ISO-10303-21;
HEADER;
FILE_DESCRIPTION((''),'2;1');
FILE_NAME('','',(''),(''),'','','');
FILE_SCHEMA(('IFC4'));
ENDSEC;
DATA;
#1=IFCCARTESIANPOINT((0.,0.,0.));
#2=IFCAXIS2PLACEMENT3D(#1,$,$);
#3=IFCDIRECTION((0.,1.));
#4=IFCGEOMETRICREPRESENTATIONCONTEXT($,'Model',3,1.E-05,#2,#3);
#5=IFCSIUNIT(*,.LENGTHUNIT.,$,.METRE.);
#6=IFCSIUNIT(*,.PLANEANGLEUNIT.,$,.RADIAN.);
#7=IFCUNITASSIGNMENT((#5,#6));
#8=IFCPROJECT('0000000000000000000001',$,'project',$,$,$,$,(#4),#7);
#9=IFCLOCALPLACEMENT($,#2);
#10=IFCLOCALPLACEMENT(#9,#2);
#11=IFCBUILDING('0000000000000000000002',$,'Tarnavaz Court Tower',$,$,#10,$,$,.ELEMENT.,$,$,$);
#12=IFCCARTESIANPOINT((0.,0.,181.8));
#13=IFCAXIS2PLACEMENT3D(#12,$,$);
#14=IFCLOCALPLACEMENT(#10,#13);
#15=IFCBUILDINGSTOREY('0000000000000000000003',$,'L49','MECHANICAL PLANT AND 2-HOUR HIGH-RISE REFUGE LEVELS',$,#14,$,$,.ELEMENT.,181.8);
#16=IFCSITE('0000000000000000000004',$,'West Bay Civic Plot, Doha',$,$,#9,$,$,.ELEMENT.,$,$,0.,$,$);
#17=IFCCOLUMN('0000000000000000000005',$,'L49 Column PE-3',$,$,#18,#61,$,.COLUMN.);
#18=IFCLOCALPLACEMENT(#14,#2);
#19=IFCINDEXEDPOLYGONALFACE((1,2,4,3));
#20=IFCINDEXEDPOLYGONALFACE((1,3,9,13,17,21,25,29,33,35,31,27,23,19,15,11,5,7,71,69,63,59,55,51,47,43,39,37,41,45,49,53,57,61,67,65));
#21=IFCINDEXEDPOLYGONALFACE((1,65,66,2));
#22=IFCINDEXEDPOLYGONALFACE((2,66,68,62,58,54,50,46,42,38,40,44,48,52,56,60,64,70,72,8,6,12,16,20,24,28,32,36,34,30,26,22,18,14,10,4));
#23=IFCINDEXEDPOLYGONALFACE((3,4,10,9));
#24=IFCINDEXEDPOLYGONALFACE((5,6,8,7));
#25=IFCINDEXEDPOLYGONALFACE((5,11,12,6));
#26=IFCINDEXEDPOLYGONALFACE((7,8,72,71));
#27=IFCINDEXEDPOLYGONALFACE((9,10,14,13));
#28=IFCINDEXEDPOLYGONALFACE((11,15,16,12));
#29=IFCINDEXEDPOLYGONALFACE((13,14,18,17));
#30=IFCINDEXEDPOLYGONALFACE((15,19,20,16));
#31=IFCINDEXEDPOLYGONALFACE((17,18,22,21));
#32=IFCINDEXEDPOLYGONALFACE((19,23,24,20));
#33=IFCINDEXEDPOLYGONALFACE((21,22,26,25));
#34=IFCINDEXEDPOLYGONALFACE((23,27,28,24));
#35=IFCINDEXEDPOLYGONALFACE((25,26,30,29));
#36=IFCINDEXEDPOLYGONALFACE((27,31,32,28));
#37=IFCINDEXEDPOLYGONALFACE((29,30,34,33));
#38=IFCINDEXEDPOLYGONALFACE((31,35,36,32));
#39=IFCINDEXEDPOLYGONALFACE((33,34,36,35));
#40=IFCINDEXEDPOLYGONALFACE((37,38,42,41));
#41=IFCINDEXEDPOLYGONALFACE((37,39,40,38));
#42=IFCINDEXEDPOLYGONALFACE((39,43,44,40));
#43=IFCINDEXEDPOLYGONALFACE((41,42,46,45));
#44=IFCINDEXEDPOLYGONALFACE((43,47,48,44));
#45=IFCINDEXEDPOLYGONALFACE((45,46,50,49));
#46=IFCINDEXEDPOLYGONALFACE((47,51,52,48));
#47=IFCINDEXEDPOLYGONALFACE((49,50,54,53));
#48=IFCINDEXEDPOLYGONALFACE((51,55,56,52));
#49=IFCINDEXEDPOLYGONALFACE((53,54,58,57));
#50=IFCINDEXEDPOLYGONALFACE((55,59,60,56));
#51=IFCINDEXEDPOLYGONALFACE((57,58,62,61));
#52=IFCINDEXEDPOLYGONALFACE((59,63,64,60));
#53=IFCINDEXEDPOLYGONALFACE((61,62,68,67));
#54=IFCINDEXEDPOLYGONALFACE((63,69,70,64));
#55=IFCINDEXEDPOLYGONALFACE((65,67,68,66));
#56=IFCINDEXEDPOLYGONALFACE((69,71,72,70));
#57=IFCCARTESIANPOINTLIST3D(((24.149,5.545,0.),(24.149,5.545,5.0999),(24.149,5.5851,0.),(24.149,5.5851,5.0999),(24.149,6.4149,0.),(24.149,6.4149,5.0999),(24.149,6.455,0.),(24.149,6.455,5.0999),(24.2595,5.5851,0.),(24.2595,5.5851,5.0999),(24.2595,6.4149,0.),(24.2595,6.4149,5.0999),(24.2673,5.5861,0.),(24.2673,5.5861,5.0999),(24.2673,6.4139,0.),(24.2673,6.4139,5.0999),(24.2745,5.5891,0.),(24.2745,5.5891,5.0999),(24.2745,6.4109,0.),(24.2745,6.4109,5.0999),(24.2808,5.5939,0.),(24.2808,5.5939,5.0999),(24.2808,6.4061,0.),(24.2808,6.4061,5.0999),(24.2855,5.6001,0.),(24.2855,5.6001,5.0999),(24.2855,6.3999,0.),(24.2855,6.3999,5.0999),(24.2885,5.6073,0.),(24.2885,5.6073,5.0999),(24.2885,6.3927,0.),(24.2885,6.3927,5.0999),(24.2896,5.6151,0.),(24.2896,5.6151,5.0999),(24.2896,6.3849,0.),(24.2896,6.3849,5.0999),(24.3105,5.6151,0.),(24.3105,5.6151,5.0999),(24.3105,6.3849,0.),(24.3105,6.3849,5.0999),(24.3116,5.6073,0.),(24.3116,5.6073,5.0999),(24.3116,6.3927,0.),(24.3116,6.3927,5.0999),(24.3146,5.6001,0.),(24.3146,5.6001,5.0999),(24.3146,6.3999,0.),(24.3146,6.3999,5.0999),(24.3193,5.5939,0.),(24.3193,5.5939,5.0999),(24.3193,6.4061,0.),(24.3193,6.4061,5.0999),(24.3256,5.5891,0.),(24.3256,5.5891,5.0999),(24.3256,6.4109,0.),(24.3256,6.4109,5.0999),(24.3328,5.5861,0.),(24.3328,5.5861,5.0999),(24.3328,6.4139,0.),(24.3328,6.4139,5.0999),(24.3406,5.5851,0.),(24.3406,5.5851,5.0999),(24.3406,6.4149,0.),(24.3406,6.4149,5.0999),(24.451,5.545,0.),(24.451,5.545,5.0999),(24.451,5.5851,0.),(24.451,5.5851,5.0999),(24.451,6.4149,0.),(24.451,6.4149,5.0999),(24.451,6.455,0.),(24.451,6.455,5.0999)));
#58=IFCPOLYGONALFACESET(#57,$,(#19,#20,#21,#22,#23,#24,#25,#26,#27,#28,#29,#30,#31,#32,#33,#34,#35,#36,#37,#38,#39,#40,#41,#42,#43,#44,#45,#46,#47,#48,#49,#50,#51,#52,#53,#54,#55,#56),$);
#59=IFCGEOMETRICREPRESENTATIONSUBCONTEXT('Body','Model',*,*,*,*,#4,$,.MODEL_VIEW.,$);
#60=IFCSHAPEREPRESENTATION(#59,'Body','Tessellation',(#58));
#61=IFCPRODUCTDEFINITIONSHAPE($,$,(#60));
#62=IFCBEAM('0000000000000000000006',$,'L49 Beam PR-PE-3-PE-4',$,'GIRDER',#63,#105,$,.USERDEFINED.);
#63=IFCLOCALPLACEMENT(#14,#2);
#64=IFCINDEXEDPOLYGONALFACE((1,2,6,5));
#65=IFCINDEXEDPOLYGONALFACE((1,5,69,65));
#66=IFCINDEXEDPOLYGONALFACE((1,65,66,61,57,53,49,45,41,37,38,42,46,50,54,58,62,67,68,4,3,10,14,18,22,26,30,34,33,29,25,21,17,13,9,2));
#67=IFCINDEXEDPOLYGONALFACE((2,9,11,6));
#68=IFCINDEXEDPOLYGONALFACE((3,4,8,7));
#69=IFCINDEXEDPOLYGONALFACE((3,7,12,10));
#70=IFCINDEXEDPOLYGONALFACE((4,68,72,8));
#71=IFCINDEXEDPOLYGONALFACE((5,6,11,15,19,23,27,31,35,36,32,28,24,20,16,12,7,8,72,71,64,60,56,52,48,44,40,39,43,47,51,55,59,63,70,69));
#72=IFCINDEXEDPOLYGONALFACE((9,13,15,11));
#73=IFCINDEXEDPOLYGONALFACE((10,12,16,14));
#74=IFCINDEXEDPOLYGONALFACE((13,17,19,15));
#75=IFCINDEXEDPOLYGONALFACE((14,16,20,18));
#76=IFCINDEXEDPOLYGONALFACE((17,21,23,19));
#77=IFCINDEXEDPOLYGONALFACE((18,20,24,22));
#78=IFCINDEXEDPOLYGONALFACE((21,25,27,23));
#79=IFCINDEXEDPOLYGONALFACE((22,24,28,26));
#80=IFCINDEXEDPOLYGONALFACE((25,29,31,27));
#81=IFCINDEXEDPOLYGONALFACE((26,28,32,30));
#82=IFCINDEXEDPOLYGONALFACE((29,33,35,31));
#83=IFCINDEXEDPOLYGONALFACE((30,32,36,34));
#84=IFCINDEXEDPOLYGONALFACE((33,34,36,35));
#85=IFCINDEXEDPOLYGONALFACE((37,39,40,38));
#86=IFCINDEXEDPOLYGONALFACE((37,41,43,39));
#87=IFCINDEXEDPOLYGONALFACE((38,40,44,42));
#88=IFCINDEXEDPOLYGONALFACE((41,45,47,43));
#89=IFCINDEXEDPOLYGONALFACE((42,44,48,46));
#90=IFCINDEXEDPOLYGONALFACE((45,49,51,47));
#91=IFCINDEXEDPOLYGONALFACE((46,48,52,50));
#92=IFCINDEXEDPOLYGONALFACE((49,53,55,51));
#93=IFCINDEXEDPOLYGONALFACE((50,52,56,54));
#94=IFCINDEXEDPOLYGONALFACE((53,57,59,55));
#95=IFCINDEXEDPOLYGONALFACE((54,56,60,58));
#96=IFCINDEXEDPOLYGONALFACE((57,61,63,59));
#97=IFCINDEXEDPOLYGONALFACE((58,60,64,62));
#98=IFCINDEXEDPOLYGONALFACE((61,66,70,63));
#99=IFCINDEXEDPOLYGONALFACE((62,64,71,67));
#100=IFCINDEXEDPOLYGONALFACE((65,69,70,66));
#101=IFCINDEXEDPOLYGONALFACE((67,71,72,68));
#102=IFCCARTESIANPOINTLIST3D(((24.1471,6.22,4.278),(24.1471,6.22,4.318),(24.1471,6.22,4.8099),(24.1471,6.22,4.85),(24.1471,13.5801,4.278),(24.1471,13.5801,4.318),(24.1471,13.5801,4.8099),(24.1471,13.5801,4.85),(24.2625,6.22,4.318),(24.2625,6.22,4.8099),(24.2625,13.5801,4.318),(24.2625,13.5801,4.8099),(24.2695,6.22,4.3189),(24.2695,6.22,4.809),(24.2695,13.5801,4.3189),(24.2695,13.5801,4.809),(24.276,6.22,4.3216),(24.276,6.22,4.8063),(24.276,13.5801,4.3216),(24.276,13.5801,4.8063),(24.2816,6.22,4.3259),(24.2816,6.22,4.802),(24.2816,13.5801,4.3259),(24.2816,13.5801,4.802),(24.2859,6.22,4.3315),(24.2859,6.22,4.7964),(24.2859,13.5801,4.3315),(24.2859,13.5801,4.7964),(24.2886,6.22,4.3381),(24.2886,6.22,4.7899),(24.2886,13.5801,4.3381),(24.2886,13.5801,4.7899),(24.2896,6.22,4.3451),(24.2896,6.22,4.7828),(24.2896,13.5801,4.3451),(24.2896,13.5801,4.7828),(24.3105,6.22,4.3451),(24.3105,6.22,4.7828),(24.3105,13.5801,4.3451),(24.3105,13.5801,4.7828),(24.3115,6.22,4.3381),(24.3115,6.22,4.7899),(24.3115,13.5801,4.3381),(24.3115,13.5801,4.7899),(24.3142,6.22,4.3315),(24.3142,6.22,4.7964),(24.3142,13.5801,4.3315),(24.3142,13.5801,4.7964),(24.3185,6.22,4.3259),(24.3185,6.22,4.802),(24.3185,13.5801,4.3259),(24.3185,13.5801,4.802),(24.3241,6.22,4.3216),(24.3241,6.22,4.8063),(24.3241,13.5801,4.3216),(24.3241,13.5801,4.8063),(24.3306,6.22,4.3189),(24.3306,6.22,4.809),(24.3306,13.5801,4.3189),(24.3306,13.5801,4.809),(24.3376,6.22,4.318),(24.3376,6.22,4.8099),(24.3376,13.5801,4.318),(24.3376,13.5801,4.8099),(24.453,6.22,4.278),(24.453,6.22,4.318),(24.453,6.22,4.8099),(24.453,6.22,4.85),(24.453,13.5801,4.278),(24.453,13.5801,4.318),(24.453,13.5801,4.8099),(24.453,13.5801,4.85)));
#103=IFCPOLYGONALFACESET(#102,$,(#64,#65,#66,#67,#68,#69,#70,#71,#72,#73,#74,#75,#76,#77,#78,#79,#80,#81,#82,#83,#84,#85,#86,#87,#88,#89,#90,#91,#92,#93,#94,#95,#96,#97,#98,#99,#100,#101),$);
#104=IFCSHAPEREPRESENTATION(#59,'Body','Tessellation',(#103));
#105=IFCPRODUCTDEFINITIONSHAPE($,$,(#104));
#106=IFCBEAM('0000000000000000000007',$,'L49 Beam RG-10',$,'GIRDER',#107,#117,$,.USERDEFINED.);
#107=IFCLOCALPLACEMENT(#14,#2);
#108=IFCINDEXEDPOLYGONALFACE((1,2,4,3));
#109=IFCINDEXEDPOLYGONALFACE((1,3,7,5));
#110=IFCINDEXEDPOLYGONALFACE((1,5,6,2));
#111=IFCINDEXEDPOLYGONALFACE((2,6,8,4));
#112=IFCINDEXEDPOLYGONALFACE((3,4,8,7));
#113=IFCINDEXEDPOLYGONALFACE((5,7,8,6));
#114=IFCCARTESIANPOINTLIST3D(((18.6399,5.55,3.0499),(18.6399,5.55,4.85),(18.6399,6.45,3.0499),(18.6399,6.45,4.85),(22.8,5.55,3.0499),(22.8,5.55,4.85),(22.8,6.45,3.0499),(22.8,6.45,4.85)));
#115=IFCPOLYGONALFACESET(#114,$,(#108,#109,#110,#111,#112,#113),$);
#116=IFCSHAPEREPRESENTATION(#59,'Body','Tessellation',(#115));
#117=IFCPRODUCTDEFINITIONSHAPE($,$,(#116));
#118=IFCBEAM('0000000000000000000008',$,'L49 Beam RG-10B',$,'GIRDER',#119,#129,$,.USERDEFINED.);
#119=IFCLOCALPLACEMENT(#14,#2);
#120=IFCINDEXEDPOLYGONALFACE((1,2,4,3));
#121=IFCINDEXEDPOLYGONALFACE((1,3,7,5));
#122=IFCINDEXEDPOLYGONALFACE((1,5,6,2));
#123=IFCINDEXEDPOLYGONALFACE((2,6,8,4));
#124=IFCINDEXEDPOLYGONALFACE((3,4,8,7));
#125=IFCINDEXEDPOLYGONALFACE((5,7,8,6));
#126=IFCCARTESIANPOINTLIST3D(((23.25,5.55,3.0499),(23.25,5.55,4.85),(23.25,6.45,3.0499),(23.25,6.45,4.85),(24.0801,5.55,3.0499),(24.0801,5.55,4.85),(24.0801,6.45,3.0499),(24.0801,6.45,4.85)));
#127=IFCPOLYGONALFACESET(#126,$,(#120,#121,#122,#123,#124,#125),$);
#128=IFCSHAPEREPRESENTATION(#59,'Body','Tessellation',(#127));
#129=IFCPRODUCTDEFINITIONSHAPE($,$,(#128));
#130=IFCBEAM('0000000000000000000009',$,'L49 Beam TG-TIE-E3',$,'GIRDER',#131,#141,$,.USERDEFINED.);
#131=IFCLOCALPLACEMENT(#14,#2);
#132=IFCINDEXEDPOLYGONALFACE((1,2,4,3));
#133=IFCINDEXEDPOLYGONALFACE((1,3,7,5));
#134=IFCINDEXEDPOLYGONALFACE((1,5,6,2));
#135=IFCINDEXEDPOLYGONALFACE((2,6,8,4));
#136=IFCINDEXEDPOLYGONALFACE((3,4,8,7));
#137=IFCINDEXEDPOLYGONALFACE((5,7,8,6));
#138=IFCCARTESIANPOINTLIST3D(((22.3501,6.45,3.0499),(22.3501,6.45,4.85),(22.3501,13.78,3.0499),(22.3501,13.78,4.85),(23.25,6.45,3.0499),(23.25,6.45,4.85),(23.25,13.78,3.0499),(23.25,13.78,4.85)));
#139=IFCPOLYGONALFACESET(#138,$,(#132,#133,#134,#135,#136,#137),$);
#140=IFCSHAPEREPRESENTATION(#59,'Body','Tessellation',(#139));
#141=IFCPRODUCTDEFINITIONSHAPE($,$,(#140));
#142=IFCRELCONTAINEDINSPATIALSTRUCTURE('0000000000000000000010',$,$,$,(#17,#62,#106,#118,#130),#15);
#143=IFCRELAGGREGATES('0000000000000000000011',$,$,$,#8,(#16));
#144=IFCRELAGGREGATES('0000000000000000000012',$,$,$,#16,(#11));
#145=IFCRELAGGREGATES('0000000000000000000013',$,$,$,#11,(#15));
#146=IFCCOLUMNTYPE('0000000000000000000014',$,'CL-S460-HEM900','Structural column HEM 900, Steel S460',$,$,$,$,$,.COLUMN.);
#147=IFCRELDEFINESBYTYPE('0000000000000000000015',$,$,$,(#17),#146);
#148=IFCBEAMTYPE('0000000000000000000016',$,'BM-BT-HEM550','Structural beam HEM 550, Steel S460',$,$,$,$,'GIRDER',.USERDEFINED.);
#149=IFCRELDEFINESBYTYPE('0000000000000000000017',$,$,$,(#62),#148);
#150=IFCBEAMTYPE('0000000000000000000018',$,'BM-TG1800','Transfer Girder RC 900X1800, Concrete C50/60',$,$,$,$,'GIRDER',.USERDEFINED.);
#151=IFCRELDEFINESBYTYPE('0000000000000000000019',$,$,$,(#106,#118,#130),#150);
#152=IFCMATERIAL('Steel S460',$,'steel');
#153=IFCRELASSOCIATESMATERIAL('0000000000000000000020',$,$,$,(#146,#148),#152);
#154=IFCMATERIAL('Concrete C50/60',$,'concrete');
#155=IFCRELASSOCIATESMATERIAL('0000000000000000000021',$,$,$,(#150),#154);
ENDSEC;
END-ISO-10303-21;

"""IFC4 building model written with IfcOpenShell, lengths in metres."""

from ifc_helpers import new_model, si_unit, direction, frame, origin, origin_2d, place, context, subcontext, project, spatial, rectangle, i_section, extrude, material, material_profile, profile_set, type_object, element, save


model = new_model("IFC4")

# Units and contexts
model_context = context("Model", 3, precision=1e-05, world=origin(), true_north=direction((0.0, 1.0)))
body_context = subcontext(model_context, "Body", "Model", "MODEL_VIEW")
ifc_project = project(units=[si_unit("LENGTHUNIT", "METRE"), si_unit("PLANEANGLEUNIT", "RADIAN")], contexts=[model_context])

# Site, building, storey
site_placement = place(None, origin())
site = spatial("IfcSite", under=ifc_project, at=site_placement, Name="West Bay Civic Plot, Doha", CompositionType="ELEMENT", RefElevation=0.0)
building_placement = place(site_placement, origin())
building = spatial("IfcBuilding", under=site, at=building_placement, Name="Tarnavaz Court Tower", CompositionType="ELEMENT")
storey_placement = place(building_placement, frame((0.0, 0.0, 181.8)))
storey = spatial("IfcBuildingStorey", under=building, at=storey_placement, Name="L49", Description="MECHANICAL PLANT AND 2-HOUR HIGH-RISE REFUGE LEVELS", CompositionType="ELEMENT", Elevation=181.8)

# Column
ifc_material_1 = material(Name="Steel S460", Category="steel")
ifc_material_profile_1 = material_profile(ifc_material_1, i_section(OverallWidth=0.302, OverallDepth=0.9099, WebThickness=0.021, FlangeThickness=0.04, FilletRadius=0.03, at=origin_2d()), Name="HEM 900")
ifc_profile_set_1 = profile_set([ifc_material_profile_1], Name="Steel S460")
column_type = type_object("IfcColumnType", Name="CL-S460-HEM900", Description="Structural column HEM 900, Steel S460", PredefinedType="COLUMN", material=ifc_profile_set_1)
column_placement = place(storey_placement, frame((24.3, 6.0, 0.0), z_axis=(0.0, 0.0, 1.0), x_axis=(1.0, 0.0, 0.0)))
element("IfcColumn", 1, at=column_placement, inside=storey, type_object=column_type, Name="L49 Column PE-3", PredefinedType="COLUMN", context=body_context, shape_type="SweptSolid", body=[
    extrude(i_section(OverallWidth=0.302, OverallDepth=0.9099, WebThickness=0.021, FlangeThickness=0.04, FilletRadius=0.03, at=origin_2d()), origin(), (0.0, 0.0, 1.0), 5.0999),
])

# Beams
ifc_material_profile_2 = material_profile(ifc_material_1, i_section(OverallWidth=0.3059, OverallDepth=0.572, WebThickness=0.021, FlangeThickness=0.04, FilletRadius=0.0271, at=origin_2d()), Name="HEM 550")
ifc_profile_set_2 = profile_set([ifc_material_profile_2], Name="Steel S460")
beam_type_1 = type_object("IfcBeamType", Name="BM-BT-HEM550", Description="Structural beam HEM 550, Steel S460", ElementType="GIRDER", PredefinedType="USERDEFINED", material=ifc_profile_set_2)
beam_1_placement = place(storey_placement, frame((24.3, 6.22, 4.564), z_axis=(0.0, 1.0, 0.0), x_axis=(-1.0, 0.0, 0.0)))
element("IfcBeam", 2, at=beam_1_placement, inside=storey, type_object=beam_type_1, Name="L49 Beam PR-PE-3-PE-4", ObjectType="GIRDER", PredefinedType="USERDEFINED", context=body_context, shape_type="SweptSolid", body=[
    extrude(i_section(OverallWidth=0.3059, OverallDepth=0.572, WebThickness=0.021, FlangeThickness=0.04, FilletRadius=0.0271, at=origin_2d()), origin(), (0.0, 0.0, 1.0), 7.3601),
])
ifc_material_2 = material(Name="Concrete C50/60", Category="concrete")
ifc_material_profile_3 = material_profile(ifc_material_2, rectangle(XDim=0.8999, YDim=1.8, at=origin_2d()), Name="RC 900X1800")
ifc_profile_set_3 = profile_set([ifc_material_profile_3], Name="Concrete C50/60")
beam_type_2 = type_object("IfcBeamType", Name="BM-TG1800", Description="Transfer Girder RC 900X1800, Concrete C50/60", ElementType="GIRDER", PredefinedType="USERDEFINED", material=ifc_profile_set_3)
beam_2_placement = place(storey_placement, frame((18.6399, 6.0, 3.95), z_axis=(1.0, 0.0, 0.0), x_axis=(0.0, 1.0, 0.0)))
element("IfcBeam", 3, at=beam_2_placement, inside=storey, type_object=beam_type_2, Name="L49 Beam RG-10", ObjectType="GIRDER", PredefinedType="USERDEFINED", context=body_context, shape_type="SweptSolid", body=[
    extrude(rectangle(XDim=0.8999, YDim=1.8, at=origin_2d()), origin(), (0.0, 0.0, 1.0), 4.1602),
])
beam_3_placement = place(storey_placement, frame((23.25, 6.0, 3.95), z_axis=(1.0, 0.0, 0.0), x_axis=(0.0, 1.0, 0.0)))
element("IfcBeam", 4, at=beam_3_placement, inside=storey, type_object=beam_type_2, Name="L49 Beam RG-10B", ObjectType="GIRDER", PredefinedType="USERDEFINED", context=body_context, shape_type="SweptSolid", body=[
    extrude(rectangle(XDim=0.8999, YDim=1.8, at=origin_2d()), origin(), (0.0, 0.0, 1.0), 0.8301),
])
beam_4_placement = place(storey_placement, frame((22.8, 6.45, 3.95), z_axis=(0.0, 1.0, 0.0), x_axis=(-1.0, 0.0, 0.0)))
element("IfcBeam", 5, at=beam_4_placement, inside=storey, type_object=beam_type_2, Name="L49 Beam TG-TIE-E3", ObjectType="GIRDER", PredefinedType="USERDEFINED", context=body_context, shape_type="SweptSolid", body=[
    extrude(rectangle(XDim=0.8999, YDim=1.8, at=origin_2d()), origin(), (0.0, 0.0, 1.0), 7.3301),
])

save(model, "model.ifc")
